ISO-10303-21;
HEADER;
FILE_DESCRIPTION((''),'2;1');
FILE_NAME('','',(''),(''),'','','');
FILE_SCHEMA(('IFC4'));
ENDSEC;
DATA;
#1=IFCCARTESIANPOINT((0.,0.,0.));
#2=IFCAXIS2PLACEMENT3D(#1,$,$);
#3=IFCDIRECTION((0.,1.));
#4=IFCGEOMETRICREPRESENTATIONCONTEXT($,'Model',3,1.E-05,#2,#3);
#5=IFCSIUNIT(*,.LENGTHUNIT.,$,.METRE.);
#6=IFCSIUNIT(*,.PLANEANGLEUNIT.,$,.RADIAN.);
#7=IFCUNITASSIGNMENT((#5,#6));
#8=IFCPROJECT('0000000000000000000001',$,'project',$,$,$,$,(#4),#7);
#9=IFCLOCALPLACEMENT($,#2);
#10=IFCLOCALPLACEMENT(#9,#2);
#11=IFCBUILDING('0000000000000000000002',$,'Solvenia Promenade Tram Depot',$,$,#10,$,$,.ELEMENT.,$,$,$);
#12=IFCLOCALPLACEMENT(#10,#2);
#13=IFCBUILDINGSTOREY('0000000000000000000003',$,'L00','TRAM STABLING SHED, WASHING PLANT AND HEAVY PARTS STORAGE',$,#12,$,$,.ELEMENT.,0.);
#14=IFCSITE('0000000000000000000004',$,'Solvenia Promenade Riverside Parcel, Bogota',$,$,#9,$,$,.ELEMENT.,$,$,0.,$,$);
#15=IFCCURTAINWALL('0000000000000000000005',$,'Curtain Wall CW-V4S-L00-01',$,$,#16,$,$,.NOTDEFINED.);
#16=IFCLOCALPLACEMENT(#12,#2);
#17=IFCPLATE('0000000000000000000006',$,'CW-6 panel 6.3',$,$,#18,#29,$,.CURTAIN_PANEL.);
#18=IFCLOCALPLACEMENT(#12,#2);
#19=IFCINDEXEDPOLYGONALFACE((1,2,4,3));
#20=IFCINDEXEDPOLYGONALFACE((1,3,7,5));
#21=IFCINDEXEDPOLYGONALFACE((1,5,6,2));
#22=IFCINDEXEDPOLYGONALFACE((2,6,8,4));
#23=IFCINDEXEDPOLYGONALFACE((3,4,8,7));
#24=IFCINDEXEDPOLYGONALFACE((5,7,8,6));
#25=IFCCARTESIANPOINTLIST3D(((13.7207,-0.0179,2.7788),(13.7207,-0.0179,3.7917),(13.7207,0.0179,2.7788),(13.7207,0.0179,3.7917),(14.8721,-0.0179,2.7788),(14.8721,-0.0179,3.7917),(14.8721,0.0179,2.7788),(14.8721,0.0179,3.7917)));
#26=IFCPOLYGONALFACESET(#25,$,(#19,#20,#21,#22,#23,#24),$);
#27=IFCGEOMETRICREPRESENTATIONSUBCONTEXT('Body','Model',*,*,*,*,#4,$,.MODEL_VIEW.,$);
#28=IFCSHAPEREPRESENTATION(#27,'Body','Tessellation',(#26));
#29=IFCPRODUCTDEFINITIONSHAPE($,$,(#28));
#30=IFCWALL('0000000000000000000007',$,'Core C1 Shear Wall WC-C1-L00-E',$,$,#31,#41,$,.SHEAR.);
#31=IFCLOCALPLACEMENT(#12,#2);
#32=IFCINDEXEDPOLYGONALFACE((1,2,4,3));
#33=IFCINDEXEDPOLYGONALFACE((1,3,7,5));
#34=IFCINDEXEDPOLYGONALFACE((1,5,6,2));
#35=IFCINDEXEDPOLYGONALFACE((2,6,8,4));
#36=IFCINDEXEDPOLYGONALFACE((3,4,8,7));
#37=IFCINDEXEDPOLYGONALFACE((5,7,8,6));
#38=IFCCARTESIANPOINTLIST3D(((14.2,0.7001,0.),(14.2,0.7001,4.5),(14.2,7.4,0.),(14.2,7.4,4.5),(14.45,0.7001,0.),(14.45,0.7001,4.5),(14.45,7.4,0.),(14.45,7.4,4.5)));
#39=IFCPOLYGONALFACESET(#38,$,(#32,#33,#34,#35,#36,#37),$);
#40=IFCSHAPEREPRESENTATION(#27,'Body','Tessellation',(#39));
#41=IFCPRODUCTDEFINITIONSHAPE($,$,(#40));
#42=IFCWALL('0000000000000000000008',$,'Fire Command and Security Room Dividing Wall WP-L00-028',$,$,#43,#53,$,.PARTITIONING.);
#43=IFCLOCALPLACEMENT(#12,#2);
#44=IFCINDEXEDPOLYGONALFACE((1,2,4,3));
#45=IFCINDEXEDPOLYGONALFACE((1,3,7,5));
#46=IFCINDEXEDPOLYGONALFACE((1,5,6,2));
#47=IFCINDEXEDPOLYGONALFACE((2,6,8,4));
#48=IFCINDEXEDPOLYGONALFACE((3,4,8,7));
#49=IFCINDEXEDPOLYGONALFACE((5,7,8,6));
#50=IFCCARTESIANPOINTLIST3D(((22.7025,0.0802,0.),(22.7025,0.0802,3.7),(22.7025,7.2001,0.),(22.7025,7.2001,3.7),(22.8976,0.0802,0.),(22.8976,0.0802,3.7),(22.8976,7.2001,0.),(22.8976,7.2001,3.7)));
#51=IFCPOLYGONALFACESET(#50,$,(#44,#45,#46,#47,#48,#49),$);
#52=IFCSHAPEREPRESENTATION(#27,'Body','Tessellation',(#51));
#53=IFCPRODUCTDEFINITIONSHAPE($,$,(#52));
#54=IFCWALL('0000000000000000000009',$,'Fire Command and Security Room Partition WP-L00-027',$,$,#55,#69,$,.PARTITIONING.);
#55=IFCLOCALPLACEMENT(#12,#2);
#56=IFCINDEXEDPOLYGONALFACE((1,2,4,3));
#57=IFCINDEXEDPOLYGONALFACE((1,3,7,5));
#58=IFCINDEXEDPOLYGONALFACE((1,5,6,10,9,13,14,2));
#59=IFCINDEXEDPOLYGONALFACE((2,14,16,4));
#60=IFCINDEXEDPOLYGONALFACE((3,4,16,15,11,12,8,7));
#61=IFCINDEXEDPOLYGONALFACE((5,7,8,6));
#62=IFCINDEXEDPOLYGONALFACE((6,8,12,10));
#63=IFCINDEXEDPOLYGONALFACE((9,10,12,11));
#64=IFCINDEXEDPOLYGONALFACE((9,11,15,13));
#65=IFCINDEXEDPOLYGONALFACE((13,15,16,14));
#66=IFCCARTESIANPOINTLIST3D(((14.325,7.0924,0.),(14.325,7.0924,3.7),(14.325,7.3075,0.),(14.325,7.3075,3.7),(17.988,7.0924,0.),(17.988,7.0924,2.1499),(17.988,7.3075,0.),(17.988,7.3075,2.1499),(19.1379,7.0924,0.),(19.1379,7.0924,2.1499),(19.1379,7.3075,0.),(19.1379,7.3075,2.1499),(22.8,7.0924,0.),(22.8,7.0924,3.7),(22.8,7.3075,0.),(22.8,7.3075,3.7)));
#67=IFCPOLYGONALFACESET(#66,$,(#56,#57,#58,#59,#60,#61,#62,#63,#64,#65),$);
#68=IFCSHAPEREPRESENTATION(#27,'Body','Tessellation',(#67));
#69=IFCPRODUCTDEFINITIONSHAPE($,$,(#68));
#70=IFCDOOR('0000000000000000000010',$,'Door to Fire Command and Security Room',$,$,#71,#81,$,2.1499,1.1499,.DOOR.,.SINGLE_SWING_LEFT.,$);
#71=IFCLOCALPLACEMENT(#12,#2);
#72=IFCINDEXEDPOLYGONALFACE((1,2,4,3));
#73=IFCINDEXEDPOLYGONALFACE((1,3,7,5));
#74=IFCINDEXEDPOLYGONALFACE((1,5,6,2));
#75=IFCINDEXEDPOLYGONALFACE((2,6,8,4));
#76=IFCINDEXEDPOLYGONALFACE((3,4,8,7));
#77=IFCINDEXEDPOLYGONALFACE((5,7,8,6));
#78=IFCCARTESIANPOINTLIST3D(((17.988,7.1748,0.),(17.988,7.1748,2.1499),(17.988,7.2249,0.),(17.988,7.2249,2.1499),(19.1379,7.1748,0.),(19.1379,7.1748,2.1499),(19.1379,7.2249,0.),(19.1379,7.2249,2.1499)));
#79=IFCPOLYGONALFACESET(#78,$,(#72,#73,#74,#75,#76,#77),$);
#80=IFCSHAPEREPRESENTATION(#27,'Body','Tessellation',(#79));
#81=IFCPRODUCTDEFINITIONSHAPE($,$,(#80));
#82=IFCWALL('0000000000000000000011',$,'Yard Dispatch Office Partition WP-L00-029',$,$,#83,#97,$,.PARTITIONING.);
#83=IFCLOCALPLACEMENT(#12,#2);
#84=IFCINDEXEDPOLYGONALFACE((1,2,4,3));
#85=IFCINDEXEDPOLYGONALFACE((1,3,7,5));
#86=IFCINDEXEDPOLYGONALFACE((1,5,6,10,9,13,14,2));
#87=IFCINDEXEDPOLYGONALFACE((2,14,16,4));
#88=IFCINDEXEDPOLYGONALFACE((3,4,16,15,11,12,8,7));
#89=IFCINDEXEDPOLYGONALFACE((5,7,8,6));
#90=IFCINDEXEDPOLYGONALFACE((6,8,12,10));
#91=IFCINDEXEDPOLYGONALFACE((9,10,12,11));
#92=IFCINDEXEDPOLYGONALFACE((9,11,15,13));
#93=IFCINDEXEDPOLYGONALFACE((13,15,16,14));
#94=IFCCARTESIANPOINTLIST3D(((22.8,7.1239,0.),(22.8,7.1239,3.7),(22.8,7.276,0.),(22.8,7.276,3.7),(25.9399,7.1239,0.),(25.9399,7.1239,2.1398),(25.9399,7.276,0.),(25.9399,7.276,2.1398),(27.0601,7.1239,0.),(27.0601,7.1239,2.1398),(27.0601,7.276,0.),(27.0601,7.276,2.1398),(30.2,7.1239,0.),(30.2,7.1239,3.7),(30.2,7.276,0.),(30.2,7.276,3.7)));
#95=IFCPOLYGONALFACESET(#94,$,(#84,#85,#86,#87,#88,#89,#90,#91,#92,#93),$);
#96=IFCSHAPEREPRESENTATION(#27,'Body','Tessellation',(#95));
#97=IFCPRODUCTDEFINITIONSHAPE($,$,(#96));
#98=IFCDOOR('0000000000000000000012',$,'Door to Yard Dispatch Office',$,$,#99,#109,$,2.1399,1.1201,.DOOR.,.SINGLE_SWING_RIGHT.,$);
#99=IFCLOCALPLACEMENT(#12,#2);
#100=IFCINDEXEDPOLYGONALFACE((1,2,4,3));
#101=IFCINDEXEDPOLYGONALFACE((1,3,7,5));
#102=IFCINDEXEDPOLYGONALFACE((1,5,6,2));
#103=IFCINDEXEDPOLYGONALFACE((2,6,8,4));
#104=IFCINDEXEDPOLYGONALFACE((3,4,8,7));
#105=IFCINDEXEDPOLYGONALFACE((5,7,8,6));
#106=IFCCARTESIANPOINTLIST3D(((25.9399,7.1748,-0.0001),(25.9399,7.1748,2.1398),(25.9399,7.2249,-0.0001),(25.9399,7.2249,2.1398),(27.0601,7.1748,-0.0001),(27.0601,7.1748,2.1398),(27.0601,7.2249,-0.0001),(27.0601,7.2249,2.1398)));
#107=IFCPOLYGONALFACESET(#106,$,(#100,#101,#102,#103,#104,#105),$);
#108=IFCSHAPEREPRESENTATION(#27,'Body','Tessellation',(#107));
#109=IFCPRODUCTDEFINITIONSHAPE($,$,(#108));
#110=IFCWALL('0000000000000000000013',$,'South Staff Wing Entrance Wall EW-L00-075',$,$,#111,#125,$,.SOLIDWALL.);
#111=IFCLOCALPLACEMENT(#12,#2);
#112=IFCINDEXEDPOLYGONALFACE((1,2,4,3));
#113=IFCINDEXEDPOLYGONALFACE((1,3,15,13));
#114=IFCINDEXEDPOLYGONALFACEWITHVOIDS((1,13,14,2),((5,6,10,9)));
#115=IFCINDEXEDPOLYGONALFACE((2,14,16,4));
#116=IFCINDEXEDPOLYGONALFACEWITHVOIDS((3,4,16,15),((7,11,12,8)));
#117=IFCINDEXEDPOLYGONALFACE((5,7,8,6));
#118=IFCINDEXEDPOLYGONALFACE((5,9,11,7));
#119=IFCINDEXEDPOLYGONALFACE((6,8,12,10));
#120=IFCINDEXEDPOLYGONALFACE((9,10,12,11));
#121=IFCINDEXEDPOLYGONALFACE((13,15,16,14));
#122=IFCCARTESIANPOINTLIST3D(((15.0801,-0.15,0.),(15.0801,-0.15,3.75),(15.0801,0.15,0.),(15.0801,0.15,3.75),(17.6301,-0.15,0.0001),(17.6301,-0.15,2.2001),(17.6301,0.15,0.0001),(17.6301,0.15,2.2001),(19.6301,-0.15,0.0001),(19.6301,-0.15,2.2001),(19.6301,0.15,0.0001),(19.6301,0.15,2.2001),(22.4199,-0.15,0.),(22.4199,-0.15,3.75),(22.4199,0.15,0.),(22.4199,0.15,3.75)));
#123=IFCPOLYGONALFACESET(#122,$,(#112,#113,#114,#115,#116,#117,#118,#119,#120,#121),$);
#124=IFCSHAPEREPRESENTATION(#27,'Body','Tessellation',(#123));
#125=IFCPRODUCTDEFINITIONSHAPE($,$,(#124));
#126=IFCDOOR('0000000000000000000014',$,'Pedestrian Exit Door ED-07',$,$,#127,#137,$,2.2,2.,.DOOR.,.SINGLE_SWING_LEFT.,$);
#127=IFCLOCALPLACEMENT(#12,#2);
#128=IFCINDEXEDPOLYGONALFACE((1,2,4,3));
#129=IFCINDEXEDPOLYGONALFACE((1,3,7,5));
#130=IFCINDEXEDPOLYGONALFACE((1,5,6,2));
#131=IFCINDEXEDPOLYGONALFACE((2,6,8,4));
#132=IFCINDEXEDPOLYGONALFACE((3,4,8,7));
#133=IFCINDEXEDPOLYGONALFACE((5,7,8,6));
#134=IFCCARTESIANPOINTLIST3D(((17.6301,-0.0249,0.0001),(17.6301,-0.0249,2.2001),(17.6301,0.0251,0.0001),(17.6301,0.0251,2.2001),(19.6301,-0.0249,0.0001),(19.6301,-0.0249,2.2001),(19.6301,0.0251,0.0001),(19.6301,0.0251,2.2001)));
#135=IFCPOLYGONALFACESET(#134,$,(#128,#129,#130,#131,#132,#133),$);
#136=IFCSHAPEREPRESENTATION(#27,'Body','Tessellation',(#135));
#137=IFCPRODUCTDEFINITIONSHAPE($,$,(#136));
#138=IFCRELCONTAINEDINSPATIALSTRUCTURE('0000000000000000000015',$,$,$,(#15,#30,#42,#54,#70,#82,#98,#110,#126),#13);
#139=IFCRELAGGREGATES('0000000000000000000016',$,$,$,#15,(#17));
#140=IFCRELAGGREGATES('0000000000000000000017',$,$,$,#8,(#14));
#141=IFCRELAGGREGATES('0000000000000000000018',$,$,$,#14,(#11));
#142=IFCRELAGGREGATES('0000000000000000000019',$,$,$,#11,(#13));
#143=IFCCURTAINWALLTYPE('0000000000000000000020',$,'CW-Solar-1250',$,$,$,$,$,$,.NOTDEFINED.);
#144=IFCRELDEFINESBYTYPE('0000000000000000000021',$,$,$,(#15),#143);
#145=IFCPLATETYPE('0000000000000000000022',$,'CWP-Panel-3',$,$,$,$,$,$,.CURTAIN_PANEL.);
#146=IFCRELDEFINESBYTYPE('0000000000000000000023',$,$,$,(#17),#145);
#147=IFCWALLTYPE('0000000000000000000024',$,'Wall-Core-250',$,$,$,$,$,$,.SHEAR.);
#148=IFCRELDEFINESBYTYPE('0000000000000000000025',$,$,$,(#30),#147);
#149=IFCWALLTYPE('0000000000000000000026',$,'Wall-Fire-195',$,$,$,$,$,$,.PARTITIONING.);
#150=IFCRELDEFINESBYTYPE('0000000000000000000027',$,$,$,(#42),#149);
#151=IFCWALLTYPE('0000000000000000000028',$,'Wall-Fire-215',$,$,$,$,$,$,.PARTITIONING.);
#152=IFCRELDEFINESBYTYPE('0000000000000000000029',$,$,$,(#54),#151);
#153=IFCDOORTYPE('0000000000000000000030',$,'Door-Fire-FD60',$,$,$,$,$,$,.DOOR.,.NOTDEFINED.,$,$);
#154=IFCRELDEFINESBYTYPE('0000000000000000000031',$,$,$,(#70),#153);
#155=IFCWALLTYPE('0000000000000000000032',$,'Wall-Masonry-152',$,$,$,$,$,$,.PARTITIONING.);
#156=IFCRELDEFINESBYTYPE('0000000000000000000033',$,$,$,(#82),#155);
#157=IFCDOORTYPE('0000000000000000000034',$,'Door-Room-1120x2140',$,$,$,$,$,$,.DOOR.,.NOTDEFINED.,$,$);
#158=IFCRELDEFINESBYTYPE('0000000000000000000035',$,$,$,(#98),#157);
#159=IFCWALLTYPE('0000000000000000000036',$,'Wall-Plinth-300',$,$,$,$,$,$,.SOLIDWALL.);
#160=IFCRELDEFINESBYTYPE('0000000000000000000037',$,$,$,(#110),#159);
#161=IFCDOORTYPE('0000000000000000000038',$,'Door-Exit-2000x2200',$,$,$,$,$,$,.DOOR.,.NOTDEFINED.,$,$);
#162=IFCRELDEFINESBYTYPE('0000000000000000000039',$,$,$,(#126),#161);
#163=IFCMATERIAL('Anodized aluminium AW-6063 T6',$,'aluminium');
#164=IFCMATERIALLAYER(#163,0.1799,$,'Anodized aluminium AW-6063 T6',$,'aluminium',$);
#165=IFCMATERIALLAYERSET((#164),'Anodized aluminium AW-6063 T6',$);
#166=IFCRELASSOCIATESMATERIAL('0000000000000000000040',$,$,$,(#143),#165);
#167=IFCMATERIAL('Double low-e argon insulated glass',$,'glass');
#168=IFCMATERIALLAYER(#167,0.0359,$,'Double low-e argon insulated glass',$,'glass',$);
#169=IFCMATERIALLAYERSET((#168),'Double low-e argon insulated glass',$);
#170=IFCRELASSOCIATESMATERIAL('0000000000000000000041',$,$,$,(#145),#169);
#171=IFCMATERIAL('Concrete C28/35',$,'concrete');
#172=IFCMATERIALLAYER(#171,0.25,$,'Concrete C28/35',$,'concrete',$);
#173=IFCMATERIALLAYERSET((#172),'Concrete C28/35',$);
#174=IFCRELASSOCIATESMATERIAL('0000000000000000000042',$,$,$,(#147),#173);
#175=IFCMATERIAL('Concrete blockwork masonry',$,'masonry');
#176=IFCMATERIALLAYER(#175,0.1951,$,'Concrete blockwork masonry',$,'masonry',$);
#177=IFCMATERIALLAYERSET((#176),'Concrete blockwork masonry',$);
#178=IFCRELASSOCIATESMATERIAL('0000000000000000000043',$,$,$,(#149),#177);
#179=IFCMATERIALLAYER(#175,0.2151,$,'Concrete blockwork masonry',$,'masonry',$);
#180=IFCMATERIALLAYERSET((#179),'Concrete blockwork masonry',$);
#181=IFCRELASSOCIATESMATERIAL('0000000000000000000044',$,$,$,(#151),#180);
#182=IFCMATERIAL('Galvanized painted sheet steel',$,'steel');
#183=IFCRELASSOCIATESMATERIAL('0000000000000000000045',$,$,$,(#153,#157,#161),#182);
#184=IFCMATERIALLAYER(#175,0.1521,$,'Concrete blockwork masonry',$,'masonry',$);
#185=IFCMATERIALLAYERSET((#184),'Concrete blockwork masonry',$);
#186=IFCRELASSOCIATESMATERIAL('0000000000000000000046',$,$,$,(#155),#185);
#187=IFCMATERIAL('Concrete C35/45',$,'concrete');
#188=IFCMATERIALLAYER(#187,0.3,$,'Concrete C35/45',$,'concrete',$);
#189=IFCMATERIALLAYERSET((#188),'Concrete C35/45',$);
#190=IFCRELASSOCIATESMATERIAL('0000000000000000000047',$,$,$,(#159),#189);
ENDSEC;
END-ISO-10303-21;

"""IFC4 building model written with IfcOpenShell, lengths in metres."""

from ifc_helpers import new_model, si_unit, direction, frame, frame_2d, origin, origin_2d, place, context, subcontext, project, spatial, rectangle, extrude, material, layer, layer_set, type_object, element, fill, aggregate, save


model = new_model("IFC4")

# Units and contexts
model_context = context("Model", 3, precision=1e-05, world=origin(), true_north=direction((0.0, 1.0)))
body_context = subcontext(model_context, "Body", "Model", "MODEL_VIEW")
ifc_project = project(units=[si_unit("LENGTHUNIT", "METRE"), si_unit("PLANEANGLEUNIT", "RADIAN")], contexts=[model_context])

# Site, building, storey
site_placement = place(None, origin())
site = spatial("IfcSite", under=ifc_project, at=site_placement, Name="Solvenia Promenade Riverside Parcel, Bogota", CompositionType="ELEMENT", RefElevation=0.0)
building_placement = place(site_placement, origin())
building = spatial("IfcBuilding", under=site, at=building_placement, Name="Solvenia Promenade Tram Depot", CompositionType="ELEMENT")
storey_placement = place(building_placement, origin())
storey = spatial("IfcBuildingStorey", under=building, at=storey_placement, Name="L00", Description="TRAM STABLING SHED, WASHING PLANT AND HEAVY PARTS STORAGE", CompositionType="ELEMENT", Elevation=0.0)

# Shared definitions
ifc_material_1 = material(Name="Concrete C28/35", Category="concrete")

# Curtain wall
ifc_material_2 = material(Name="Anodized aluminium AW-6063 T6", Category="aluminium")
ifc_layer_1 = layer(ifc_material_2, 0.1799, Name="Anodized aluminium AW-6063 T6", Category="aluminium")
ifc_layer_set_1 = layer_set([ifc_layer_1], Name="Anodized aluminium AW-6063 T6")
curtain_wall_type = type_object("IfcCurtainWallType", Name="CW-Solar-1250", PredefinedType="NOTDEFINED", material=ifc_layer_set_1)
curtain_wall_1_placement = place(storey_placement, origin())
curtain_wall_1 = element("IfcCurtainWall", 1, at=curtain_wall_1_placement, inside=storey, type_object=curtain_wall_type, Name="Curtain Wall CW-V4S-L00-01", PredefinedType="NOTDEFINED")

# Plate
ifc_material_3 = material(Name="Double low-e argon insulated glass", Category="glass")
ifc_layer_2 = layer(ifc_material_3, 0.0359, Name="Double low-e argon insulated glass", Category="glass")
ifc_layer_set_2 = layer_set([ifc_layer_2], Name="Double low-e argon insulated glass")
plate_type = type_object("IfcPlateType", Name="CWP-Panel-3", PredefinedType="CURTAIN_PANEL", material=ifc_layer_set_2)
plate_1_placement = place(storey_placement, frame((14.2964, 0.0, 2.7788), z_axis=(0.0, 0.0, 1.0), x_axis=(1.0, 0.0, 0.0)))
plate_1 = element("IfcPlate", 2, at=plate_1_placement, type_object=plate_type, Name="CW-6 panel 6.3", PredefinedType="CURTAIN_PANEL", context=body_context, shape_type="SweptSolid", body=[
    extrude(rectangle(XDim=1.1514, YDim=0.0359, at=origin_2d()), origin(), (0.0, 0.0, 1.0), 1.0129),
])
aggregate(curtain_wall_1, [plate_1])

# Walls
ifc_layer_3 = layer(ifc_material_1, 0.25, Name="Concrete C28/35", Category="concrete")
ifc_layer_set_3 = layer_set([ifc_layer_3], Name="Concrete C28/35")
wall_type_1 = type_object("IfcWallType", Name="Wall-Core-250", PredefinedType="SHEAR", material=ifc_layer_set_3)
wall_1_placement = place(storey_placement, frame((14.325, 0.7, 0.0), z_axis=(0.0, 0.0, 1.0), x_axis=(0.0, 1.0, 0.0)))
element("IfcWall", 3, at=wall_1_placement, inside=storey, type_object=wall_type_1, Name="Core C1 Shear Wall WC-C1-L00-E", PredefinedType="SHEAR", context=body_context, shape_type="SweptSolid", body=[
    extrude(rectangle(XDim=6.7, YDim=0.25, at=frame_2d((3.3501, 0.0))), origin(), (0.0, 0.0, 1.0), 4.5),
])
ifc_material_4 = material(Name="Concrete blockwork masonry", Category="masonry")
ifc_layer_4 = layer(ifc_material_4, 0.1951, Name="Concrete blockwork masonry", Category="masonry")
ifc_layer_set_4 = layer_set([ifc_layer_4], Name="Concrete blockwork masonry")
wall_type_2 = type_object("IfcWallType", Name="Wall-Fire-195", PredefinedType="PARTITIONING", material=ifc_layer_set_4)
wall_2_placement = place(storey_placement, frame((22.8, 0.0801, 0.0), z_axis=(0.0, 0.0, 1.0), x_axis=(0.0, 1.0, 0.0)))
element("IfcWall", 4, at=wall_2_placement, inside=storey, type_object=wall_type_2, Name="Fire Command and Security Room Dividing Wall WP-L00-028", PredefinedType="PARTITIONING", context=body_context, shape_type="SweptSolid", body=[
    extrude(rectangle(XDim=7.1199, YDim=0.1951, at=frame_2d((3.5601, 0.0))), origin(), (0.0, 0.0, 1.0), 3.7),
])

# Walls, openings, doors
ifc_layer_5 = layer(ifc_material_4, 0.2151, Name="Concrete blockwork masonry", Category="masonry")
ifc_layer_set_5 = layer_set([ifc_layer_5], Name="Concrete blockwork masonry")
wall_type_3 = type_object("IfcWallType", Name="Wall-Fire-215", PredefinedType="PARTITIONING", material=ifc_layer_set_5)
wall_3_placement = place(storey_placement, frame((14.325, 7.2, 0.0), z_axis=(0.0, 0.0, 1.0), x_axis=(1.0, 0.0, 0.0)))
wall_3 = element("IfcWall", 5, at=wall_3_placement, inside=storey, type_object=wall_type_3, Name="Fire Command and Security Room Partition WP-L00-027", PredefinedType="PARTITIONING", context=body_context, shape_type="SweptSolid", body=[
    extrude(rectangle(XDim=8.4751, YDim=0.2151, at=frame_2d((4.2375, 0.0))), origin(), (0.0, 0.0, 1.0), 3.7),
])
opening_1_placement = place(wall_3_placement, frame((3.6631, 0.0, 0.0)))
opening_1 = element("IfcOpeningElement", 6, at=opening_1_placement, cuts=wall_3, PredefinedType="OPENING", context=body_context, shape_type="SweptSolid", body=[
    extrude(rectangle(XDim=1.1499, YDim=2.1499, at=frame_2d((0.575, 1.075))), frame((0.0, 0.1174, 0.0), z_axis=(0.0, -1.0, 0.0), x_axis=(1.0, 0.0, 0.0)), (0.0, 0.0, 1.0), 0.2351),
])
ifc_material_5 = material(Name="Galvanized painted sheet steel", Category="steel")
door_type_1 = type_object("IfcDoorType", Name="Door-Fire-FD60", OperationType="NOTDEFINED", PredefinedType="DOOR", material=ifc_material_5)
door_1_placement = place(opening_1_placement, origin())
door_1 = element("IfcDoor", 7, at=door_1_placement, inside=storey, type_object=door_type_1, Name="Door to Fire Command and Security Room", OperationType="SINGLE_SWING_LEFT", OverallHeight=2.1499, OverallWidth=1.1499, PredefinedType="DOOR", context=body_context, shape_type="SweptSolid", body=[
    extrude(rectangle(XDim=1.1499, YDim=2.1499, at=frame_2d((0.575, 1.075))), frame((0.0, 0.0249, 0.0), z_axis=(0.0, -1.0, 0.0), x_axis=(1.0, 0.0, 0.0)), (0.0, 0.0, 1.0), 0.05),
])
fill(opening_1, door_1)
ifc_layer_6 = layer(ifc_material_4, 0.1521, Name="Concrete blockwork masonry", Category="masonry")
ifc_layer_set_6 = layer_set([ifc_layer_6], Name="Concrete blockwork masonry")
wall_type_4 = type_object("IfcWallType", Name="Wall-Masonry-152", PredefinedType="PARTITIONING", material=ifc_layer_set_6)
wall_4_placement = place(storey_placement, frame((22.8, 7.2, 0.0), z_axis=(0.0, 0.0, 1.0), x_axis=(1.0, 0.0, 0.0)))
wall_4 = element("IfcWall", 8, at=wall_4_placement, inside=storey, type_object=wall_type_4, Name="Yard Dispatch Office Partition WP-L00-029", PredefinedType="PARTITIONING", context=body_context, shape_type="SweptSolid", body=[
    extrude(rectangle(XDim=7.3999, YDim=0.1521, at=frame_2d((3.7, 0.0))), origin(), (0.0, 0.0, 1.0), 3.7),
])
opening_2_placement = place(wall_4_placement, frame((3.1399, 0.0, 0.0)))
opening_2 = element("IfcOpeningElement", 9, at=opening_2_placement, cuts=wall_4, PredefinedType="OPENING", context=body_context, shape_type="SweptSolid", body=[
    extrude(rectangle(XDim=1.1201, YDim=2.1399, at=frame_2d((0.5601, 1.0698))), frame((0.0, 0.0859, 0.0), z_axis=(0.0, -1.0, 0.0), x_axis=(1.0, 0.0, 0.0)), (0.0, 0.0, 1.0), 0.1721),
])
door_type_2 = type_object("IfcDoorType", Name="Door-Room-1120x2140", OperationType="NOTDEFINED", PredefinedType="DOOR", material=ifc_material_5)
door_2_placement = place(opening_2_placement, origin())
door_2 = element("IfcDoor", 10, at=door_2_placement, inside=storey, type_object=door_type_2, Name="Door to Yard Dispatch Office", OperationType="SINGLE_SWING_RIGHT", OverallHeight=2.1399, OverallWidth=1.1201, PredefinedType="DOOR", context=body_context, shape_type="SweptSolid", body=[
    extrude(rectangle(XDim=1.1201, YDim=2.1399, at=frame_2d((0.5601, 1.0698))), frame((0.0, 0.0249, 0.0), z_axis=(0.0, -1.0, 0.0), x_axis=(1.0, 0.0, 0.0)), (0.0, 0.0, 1.0), 0.05),
])
fill(opening_2, door_2)
ifc_material_6 = material(Name="Concrete C35/45", Category="concrete")
ifc_layer_7 = layer(ifc_material_6, 0.3, Name="Concrete C35/45", Category="concrete")
ifc_layer_set_7 = layer_set([ifc_layer_7], Name="Concrete C35/45")
wall_type_5 = type_object("IfcWallType", Name="Wall-Plinth-300", PredefinedType="SOLIDWALL", material=ifc_layer_set_7)
wall_5_placement = place(storey_placement, frame((15.0801, 0.0, 0.0), z_axis=(0.0, 0.0, 1.0), x_axis=(1.0, 0.0, 0.0)))
wall_5 = element("IfcWall", 11, at=wall_5_placement, inside=storey, type_object=wall_type_5, Name="South Staff Wing Entrance Wall EW-L00-075", PredefinedType="SOLIDWALL", context=body_context, shape_type="SweptSolid", body=[
    extrude(rectangle(XDim=7.3398, YDim=0.3, at=frame_2d((3.6699, 0.0))), origin(), (0.0, 0.0, 1.0), 3.75),
])
opening_3_placement = place(wall_5_placement, frame((2.55, 0.0, 0.0)))
opening_3 = element("IfcOpeningElement", 12, at=opening_3_placement, cuts=wall_5, PredefinedType="OPENING", context=body_context, shape_type="SweptSolid", body=[
    extrude(rectangle(XDim=2.0, YDim=2.2, at=frame_2d((1.0, 1.1001))), frame((0.0, 0.1599, 0.0), z_axis=(0.0, -1.0, 0.0), x_axis=(1.0, 0.0, 0.0)), (0.0, 0.0, 1.0), 0.3201),
])
door_type_3 = type_object("IfcDoorType", Name="Door-Exit-2000x2200", OperationType="NOTDEFINED", PredefinedType="DOOR", material=ifc_material_5)
door_3_placement = place(opening_3_placement, frame((2.0, 0.0, 0.0), z_axis=(0.0, 0.0, 1.0), x_axis=(-1.0, 0.0, 0.0)))
door_3 = element("IfcDoor", 13, at=door_3_placement, inside=storey, type_object=door_type_3, Name="Pedestrian Exit Door ED-07", OperationType="SINGLE_SWING_LEFT", OverallHeight=2.2, OverallWidth=2.0, PredefinedType="DOOR", context=body_context, shape_type="SweptSolid", body=[
    extrude(rectangle(XDim=2.0, YDim=2.2, at=frame_2d((1.0, 1.1001))), frame((0.0, 0.0249, 0.0), z_axis=(0.0, -1.0, 0.0), x_axis=(1.0, 0.0, 0.0)), (0.0, 0.0, 1.0), 0.05),
])
fill(opening_3, door_3)

save(model, "model.ifc")
